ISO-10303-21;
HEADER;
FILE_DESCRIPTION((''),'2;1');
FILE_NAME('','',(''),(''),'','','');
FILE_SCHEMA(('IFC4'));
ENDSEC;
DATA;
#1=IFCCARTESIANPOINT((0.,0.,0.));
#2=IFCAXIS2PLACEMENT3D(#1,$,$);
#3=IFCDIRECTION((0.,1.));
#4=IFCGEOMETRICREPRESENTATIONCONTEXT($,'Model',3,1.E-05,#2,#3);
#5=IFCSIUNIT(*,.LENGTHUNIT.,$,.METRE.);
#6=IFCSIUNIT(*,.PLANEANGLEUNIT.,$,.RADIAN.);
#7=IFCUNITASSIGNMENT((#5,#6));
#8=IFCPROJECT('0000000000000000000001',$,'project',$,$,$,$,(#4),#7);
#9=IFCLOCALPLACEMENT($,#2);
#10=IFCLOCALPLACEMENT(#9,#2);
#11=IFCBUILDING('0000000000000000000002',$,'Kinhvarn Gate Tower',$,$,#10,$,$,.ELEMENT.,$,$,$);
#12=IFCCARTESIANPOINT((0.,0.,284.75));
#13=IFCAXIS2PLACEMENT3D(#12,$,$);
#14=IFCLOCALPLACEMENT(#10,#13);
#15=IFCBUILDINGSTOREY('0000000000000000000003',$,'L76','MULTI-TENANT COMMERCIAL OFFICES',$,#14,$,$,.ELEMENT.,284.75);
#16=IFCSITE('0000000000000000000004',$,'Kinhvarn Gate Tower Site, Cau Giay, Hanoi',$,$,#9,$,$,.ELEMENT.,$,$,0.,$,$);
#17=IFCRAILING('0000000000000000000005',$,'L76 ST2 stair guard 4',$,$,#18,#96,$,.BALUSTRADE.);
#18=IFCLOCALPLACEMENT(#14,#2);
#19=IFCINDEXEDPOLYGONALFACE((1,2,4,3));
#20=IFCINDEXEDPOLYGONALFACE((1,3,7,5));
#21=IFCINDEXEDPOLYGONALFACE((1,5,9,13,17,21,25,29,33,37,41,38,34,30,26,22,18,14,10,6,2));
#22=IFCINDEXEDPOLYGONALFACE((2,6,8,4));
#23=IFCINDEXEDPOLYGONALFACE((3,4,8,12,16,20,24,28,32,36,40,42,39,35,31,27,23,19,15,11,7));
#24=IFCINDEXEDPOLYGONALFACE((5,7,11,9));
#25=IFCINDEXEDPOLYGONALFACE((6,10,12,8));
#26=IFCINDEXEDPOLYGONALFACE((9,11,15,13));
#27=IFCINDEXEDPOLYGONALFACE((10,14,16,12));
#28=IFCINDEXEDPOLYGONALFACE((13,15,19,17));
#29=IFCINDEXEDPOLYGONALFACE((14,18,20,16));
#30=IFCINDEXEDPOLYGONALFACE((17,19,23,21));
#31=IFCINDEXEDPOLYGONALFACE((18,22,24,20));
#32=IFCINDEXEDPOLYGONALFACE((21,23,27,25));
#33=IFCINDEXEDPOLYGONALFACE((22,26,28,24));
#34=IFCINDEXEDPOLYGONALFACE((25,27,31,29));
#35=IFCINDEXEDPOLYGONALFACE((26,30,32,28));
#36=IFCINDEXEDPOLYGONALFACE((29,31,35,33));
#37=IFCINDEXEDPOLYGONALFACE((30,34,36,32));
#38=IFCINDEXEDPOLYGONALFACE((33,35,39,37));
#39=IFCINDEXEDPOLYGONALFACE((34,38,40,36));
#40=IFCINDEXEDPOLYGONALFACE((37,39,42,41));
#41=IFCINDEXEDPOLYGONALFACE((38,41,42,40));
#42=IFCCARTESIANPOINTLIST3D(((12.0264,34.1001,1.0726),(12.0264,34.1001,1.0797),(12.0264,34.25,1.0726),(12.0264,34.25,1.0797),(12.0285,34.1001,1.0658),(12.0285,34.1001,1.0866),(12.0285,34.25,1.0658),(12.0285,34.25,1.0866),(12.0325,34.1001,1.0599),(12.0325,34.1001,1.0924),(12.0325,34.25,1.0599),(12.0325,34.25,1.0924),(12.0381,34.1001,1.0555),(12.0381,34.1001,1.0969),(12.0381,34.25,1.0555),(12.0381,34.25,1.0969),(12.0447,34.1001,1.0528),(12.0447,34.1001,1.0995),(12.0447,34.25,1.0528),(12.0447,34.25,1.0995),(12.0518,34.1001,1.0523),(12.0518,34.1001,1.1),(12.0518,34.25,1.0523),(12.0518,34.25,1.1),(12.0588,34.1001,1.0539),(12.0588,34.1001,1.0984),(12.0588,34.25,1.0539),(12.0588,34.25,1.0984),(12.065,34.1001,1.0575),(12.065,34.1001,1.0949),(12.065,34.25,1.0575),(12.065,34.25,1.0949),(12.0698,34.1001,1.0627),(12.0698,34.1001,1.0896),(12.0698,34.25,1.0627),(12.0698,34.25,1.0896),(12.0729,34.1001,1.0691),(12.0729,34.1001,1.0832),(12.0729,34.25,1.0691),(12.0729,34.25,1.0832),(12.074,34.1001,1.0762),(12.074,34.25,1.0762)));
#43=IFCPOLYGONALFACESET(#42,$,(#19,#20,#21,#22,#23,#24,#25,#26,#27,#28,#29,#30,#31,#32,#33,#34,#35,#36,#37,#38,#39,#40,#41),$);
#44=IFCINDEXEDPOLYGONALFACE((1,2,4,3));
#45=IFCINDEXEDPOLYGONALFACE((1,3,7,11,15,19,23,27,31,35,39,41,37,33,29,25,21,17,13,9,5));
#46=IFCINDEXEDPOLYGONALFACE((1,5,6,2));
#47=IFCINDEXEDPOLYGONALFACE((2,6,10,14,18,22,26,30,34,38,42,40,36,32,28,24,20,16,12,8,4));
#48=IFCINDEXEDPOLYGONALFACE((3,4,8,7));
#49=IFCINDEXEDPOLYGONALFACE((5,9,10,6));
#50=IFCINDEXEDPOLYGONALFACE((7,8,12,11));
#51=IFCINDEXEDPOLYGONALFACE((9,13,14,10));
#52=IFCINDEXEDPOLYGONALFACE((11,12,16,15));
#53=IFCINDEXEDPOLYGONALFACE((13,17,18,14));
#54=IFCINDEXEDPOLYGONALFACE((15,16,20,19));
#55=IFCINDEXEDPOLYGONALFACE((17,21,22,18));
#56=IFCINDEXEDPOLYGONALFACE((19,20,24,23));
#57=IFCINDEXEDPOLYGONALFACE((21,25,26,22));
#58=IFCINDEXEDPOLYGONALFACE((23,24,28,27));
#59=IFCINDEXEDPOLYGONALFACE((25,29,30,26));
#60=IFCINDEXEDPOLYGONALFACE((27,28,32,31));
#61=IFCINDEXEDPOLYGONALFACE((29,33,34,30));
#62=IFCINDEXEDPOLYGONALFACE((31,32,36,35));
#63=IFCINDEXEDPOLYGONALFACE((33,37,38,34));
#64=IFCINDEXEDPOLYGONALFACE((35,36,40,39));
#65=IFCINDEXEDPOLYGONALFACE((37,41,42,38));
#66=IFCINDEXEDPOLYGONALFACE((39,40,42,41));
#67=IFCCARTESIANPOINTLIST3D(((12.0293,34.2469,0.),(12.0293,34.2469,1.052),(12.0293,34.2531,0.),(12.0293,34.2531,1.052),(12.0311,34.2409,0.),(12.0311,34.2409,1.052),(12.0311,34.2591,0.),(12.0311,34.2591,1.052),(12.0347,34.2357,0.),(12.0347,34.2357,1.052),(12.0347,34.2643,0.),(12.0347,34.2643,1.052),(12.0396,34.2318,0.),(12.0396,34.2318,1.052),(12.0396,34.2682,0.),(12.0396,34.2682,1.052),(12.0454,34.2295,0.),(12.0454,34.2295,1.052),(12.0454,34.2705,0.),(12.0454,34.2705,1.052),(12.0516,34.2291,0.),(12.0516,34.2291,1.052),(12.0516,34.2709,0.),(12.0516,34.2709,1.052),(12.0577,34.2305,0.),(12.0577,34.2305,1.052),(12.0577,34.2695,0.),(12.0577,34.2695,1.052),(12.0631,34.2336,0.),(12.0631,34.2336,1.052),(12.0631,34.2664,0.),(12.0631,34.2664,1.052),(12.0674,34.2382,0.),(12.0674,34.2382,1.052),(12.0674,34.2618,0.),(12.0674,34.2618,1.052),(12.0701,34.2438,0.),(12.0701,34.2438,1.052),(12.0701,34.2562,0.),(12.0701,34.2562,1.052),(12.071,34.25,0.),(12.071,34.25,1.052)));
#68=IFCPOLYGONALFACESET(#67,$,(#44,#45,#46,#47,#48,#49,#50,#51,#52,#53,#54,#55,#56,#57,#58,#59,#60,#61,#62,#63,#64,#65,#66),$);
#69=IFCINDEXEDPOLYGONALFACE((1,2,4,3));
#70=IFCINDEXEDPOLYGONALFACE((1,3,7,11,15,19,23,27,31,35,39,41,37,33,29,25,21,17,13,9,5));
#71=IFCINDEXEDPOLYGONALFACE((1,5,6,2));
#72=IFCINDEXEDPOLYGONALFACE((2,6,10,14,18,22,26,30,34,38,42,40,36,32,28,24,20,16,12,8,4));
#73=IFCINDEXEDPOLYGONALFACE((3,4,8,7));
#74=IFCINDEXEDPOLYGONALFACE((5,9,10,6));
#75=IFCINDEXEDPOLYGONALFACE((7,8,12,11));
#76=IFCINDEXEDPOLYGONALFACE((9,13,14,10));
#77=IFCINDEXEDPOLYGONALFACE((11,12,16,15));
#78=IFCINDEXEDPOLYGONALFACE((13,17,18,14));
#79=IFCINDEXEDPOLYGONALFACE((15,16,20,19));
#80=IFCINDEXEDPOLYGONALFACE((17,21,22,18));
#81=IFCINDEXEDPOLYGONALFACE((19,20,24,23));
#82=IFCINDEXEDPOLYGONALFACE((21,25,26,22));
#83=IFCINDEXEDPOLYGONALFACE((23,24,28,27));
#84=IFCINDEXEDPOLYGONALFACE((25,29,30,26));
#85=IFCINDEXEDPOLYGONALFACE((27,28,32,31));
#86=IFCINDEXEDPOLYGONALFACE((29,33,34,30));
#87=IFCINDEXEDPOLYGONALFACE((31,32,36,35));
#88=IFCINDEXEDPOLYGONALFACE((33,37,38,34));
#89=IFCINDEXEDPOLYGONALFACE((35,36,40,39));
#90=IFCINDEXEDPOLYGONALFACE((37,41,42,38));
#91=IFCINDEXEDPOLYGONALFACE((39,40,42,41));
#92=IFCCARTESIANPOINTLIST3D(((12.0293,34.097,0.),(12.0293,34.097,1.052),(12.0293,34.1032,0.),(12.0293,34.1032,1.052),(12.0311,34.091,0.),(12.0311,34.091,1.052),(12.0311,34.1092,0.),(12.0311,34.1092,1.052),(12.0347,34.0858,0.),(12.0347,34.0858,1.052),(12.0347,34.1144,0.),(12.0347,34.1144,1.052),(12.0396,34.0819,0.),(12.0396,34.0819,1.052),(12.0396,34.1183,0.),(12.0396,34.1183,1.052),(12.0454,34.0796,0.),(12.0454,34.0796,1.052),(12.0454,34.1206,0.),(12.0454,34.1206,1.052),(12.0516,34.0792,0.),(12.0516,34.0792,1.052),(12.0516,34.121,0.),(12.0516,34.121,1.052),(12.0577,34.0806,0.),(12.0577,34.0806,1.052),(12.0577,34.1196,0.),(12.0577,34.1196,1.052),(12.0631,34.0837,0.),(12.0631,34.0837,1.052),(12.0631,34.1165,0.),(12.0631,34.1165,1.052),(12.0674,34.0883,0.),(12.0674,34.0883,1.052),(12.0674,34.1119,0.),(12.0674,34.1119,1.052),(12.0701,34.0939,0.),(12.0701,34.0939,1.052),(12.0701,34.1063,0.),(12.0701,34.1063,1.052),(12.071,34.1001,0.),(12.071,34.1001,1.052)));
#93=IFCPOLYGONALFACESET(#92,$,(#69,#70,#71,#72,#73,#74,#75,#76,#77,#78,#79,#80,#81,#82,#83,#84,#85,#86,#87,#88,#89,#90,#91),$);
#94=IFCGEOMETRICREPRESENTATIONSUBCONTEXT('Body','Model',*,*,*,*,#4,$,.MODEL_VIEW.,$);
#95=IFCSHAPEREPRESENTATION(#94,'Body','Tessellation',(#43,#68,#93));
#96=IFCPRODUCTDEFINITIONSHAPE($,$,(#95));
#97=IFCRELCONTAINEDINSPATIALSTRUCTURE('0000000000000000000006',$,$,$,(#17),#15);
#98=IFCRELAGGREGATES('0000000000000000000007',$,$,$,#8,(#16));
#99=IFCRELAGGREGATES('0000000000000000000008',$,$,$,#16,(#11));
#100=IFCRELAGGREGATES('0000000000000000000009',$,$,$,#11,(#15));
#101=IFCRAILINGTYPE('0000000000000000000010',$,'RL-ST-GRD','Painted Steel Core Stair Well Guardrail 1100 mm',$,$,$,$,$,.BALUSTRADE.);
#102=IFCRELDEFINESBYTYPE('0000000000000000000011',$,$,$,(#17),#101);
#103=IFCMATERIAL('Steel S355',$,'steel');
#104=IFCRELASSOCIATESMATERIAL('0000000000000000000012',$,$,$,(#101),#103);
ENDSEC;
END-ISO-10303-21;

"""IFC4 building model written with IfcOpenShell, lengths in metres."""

from ifc_helpers import new_model, si_unit, direction, frame, origin, origin_2d, place, context, subcontext, project, spatial, circle, extrude, material, type_object, element, save


model = new_model("IFC4")

# Units and contexts
model_context = context("Model", 3, precision=1e-05, world=origin(), true_north=direction((0.0, 1.0)))
body_context = subcontext(model_context, "Body", "Model", "MODEL_VIEW")
ifc_project = project(units=[si_unit("LENGTHUNIT", "METRE"), si_unit("PLANEANGLEUNIT", "RADIAN")], contexts=[model_context])

# Site, building, storey
site_placement = place(None, origin())
site = spatial("IfcSite", under=ifc_project, at=site_placement, Name="Kinhvarn Gate Tower Site, Cau Giay, Hanoi", CompositionType="ELEMENT", RefElevation=0.0)
building_placement = place(site_placement, origin())
building = spatial("IfcBuilding", under=site, at=building_placement, Name="Kinhvarn Gate Tower", CompositionType="ELEMENT")
storey_placement = place(building_placement, frame((0.0, 0.0, 284.75)))
storey = spatial("IfcBuildingStorey", under=building, at=storey_placement, Name="L76", Description="MULTI-TENANT COMMERCIAL OFFICES", CompositionType="ELEMENT", Elevation=284.75)

# Railing
ifc_material_1 = material(Name="Steel S355", Category="steel")
railing_type_1 = type_object("IfcRailingType", Name="RL-ST-GRD", Description="Painted Steel Core Stair Well Guardrail 1100 mm", PredefinedType="BALUSTRADE", material=ifc_material_1)
railing_1_placement = place(storey_placement, frame((12.05, 34.25, 0.0)))
element("IfcRailing", 1, at=railing_1_placement, inside=storey, type_object=railing_type_1, Name="L76 ST2 stair guard 4", PredefinedType="BALUSTRADE", context=body_context, shape_type="SweptSolid", body=[
    extrude(circle(Radius=0.0239, at=origin_2d()), frame((0.0, 0.0, 1.0762), z_axis=(0.0, -1.0, 0.0), x_axis=(1.0, 0.0, 0.0)), (0.0, 0.0, 1.0), 0.1499),
    extrude(circle(Radius=0.021, at=origin_2d()), origin(), (0.0, 0.0, 1.0), 1.052),
    extrude(circle(Radius=0.021, at=origin_2d()), frame((0.0, -0.1499, 0.0)), (0.0, 0.0, 1.0), 1.052),
])

save(model, "model.ifc")
